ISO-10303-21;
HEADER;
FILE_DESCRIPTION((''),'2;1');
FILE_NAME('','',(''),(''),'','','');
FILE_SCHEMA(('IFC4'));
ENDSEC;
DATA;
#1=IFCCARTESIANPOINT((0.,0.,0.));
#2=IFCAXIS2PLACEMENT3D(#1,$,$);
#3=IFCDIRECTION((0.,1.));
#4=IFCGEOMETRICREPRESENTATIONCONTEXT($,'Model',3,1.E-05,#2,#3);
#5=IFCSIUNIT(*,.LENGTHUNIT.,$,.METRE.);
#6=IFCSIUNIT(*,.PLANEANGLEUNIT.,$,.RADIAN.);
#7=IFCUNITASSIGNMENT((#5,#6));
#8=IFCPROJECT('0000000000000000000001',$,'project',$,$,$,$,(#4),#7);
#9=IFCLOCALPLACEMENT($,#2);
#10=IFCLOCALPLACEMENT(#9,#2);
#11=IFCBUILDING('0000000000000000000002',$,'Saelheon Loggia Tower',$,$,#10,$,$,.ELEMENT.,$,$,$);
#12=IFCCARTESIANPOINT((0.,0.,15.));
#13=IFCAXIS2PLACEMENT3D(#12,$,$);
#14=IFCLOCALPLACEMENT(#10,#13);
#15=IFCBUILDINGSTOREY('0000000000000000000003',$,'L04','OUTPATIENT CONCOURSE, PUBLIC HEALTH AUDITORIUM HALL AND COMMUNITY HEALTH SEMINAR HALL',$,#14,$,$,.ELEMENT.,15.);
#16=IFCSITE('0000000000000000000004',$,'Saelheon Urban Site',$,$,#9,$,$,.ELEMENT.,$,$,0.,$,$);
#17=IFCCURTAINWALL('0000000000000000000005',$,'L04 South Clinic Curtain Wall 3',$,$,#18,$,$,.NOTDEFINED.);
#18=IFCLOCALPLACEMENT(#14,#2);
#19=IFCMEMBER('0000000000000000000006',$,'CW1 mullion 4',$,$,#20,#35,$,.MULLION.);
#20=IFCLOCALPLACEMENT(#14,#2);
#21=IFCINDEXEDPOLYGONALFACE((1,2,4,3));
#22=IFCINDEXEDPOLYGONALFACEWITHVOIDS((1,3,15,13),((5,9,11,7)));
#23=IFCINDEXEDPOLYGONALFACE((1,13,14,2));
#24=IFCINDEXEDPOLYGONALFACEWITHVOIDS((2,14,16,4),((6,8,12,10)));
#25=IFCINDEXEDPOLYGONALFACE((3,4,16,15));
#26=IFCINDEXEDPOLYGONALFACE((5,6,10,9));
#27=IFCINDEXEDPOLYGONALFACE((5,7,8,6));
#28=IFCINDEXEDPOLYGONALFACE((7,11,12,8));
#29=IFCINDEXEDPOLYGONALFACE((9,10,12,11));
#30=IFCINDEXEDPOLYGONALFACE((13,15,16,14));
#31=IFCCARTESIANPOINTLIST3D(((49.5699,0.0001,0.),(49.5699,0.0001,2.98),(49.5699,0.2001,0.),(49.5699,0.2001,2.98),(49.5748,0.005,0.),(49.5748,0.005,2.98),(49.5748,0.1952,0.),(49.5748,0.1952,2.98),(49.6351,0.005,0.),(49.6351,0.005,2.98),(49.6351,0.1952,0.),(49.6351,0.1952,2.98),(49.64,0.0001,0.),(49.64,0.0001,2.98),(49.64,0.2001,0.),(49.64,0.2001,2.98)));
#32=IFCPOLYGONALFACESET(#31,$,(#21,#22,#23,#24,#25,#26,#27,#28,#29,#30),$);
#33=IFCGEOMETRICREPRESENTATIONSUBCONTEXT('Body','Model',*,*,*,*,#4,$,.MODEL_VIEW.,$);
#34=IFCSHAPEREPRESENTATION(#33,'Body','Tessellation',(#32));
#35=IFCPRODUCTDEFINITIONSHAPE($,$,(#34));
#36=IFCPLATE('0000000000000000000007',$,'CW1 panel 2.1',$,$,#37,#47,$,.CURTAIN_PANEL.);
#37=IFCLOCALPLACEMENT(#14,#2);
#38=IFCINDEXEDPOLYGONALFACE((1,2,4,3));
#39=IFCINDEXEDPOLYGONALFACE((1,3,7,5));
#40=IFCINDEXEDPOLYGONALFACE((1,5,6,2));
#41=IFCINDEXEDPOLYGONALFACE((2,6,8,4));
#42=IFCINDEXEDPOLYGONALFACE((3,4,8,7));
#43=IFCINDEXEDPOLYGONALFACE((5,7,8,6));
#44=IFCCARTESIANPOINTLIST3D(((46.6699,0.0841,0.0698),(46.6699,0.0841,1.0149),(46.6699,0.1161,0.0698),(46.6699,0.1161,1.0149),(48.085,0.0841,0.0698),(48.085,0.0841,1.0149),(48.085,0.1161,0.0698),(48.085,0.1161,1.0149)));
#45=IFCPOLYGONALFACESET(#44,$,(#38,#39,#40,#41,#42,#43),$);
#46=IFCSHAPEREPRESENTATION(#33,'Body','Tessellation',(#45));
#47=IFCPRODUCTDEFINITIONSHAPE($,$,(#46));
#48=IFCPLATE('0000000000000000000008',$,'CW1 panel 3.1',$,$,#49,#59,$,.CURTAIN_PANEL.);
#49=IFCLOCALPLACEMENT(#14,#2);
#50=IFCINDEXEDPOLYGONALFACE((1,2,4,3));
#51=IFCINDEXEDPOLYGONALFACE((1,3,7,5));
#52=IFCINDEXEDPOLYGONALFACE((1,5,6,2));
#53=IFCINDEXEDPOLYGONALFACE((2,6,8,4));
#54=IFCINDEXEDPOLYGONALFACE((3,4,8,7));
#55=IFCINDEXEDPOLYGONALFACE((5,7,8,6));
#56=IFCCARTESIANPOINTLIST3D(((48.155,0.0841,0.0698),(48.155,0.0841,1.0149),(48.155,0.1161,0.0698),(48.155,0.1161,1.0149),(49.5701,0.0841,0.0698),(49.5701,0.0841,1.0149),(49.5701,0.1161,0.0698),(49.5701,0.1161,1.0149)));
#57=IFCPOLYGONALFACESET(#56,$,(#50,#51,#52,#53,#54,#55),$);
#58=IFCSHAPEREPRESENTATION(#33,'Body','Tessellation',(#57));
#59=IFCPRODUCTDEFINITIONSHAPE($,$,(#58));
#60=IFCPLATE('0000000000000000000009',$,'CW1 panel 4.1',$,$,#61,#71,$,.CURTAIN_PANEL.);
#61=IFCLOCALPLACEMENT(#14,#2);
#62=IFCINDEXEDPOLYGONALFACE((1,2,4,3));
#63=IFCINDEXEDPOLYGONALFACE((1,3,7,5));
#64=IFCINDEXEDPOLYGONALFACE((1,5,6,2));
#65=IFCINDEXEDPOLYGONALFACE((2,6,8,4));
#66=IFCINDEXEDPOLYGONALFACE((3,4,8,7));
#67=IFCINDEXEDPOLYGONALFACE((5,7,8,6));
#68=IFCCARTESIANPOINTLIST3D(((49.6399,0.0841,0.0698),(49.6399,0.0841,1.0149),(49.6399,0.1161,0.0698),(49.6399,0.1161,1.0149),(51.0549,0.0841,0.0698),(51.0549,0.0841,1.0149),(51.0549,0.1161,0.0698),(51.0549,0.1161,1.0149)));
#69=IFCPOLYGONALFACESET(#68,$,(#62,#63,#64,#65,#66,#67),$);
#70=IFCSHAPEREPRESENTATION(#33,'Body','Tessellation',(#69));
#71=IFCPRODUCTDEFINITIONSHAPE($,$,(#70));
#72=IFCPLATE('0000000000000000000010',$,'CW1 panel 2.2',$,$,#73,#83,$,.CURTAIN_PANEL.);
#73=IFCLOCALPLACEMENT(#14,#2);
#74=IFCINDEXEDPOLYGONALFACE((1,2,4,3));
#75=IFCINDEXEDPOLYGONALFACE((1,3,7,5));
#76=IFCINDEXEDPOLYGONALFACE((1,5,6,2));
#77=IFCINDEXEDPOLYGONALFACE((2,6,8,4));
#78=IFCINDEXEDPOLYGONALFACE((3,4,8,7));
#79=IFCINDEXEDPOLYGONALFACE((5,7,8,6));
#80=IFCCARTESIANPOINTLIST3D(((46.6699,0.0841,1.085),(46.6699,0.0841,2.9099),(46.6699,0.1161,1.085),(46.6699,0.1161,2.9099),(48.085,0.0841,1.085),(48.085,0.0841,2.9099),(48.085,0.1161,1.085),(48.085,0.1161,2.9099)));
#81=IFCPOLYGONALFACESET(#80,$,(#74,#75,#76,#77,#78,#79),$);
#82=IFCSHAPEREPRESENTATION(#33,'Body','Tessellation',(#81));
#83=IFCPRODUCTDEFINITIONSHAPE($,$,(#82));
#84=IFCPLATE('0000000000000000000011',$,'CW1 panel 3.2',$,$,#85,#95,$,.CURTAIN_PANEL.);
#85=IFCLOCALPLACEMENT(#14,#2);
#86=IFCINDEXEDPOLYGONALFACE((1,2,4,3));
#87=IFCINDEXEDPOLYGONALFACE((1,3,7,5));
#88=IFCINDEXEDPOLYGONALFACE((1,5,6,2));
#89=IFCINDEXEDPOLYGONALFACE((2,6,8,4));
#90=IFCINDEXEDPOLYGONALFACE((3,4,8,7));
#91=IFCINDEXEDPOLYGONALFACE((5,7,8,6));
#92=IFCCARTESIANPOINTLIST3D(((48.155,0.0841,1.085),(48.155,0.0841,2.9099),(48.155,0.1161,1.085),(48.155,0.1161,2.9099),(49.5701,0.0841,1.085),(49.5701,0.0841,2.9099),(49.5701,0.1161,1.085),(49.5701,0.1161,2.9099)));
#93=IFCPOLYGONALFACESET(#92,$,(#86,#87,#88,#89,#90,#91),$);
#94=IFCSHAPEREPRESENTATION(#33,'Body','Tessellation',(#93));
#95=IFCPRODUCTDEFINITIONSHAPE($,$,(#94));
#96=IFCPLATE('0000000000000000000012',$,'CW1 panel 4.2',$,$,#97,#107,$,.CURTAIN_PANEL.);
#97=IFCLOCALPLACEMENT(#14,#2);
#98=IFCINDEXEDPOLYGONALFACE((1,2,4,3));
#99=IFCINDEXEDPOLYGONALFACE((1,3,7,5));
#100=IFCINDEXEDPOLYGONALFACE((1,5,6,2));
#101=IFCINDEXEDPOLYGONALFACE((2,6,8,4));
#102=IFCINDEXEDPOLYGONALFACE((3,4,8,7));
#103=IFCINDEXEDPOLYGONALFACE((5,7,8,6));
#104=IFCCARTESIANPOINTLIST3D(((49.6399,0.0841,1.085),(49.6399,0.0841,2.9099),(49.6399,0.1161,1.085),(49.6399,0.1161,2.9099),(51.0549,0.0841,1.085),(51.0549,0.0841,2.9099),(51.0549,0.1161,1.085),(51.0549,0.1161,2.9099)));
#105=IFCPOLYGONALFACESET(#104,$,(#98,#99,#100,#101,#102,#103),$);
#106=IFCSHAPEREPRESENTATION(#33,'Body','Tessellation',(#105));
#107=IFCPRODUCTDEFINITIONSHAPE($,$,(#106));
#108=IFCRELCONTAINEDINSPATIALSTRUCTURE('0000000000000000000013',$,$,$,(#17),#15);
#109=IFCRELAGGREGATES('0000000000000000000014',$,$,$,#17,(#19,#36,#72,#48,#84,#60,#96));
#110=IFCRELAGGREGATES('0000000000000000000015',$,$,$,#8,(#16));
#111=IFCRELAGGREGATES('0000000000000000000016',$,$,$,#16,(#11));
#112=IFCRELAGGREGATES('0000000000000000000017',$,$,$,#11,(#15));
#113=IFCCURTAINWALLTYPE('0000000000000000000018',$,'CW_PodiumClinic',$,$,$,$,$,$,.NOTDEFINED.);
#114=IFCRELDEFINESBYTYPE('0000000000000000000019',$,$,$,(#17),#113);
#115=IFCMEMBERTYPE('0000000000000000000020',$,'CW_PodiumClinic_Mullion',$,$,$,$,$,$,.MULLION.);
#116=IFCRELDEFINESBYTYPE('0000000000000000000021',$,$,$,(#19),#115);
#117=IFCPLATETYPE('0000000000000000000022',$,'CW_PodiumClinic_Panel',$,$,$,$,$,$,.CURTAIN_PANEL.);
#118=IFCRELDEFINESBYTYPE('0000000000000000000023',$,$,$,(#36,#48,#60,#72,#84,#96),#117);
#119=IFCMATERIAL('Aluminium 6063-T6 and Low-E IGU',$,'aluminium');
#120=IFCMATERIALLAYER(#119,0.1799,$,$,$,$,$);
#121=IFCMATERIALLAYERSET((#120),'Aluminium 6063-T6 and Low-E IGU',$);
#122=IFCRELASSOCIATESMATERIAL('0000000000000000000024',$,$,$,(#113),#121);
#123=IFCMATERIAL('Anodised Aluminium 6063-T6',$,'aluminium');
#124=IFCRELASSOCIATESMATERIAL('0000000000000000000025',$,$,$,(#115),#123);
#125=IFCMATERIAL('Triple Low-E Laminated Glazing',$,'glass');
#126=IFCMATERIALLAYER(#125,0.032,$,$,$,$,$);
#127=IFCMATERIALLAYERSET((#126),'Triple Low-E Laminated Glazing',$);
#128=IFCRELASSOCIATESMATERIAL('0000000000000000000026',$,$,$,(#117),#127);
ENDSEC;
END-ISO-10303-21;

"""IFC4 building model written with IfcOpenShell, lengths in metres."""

from ifc_helpers import new_model, si_unit, direction, frame, origin, origin_2d, place, context, subcontext, project, spatial, rectangle, hollow_rectangle, extrude, source, transform, mapped, material, layer, layer_set, material_profile, profile_set, type_object, element, aggregate, save


model = new_model("IFC4")

# Units and contexts
model_context = context("Model", 3, precision=1e-05, world=origin(), true_north=direction((0.0, 1.0)))
body_context = subcontext(model_context, "Body", "Model", "MODEL_VIEW")
ifc_project = project(units=[si_unit("LENGTHUNIT", "METRE"), si_unit("PLANEANGLEUNIT", "RADIAN")], contexts=[model_context])

# Site, building, storey
site_placement = place(None, origin())
site = spatial("IfcSite", under=ifc_project, at=site_placement, Name="Saelheon Urban Site", CompositionType="ELEMENT", RefElevation=0.0)
building_placement = place(site_placement, origin())
building = spatial("IfcBuilding", under=site, at=building_placement, Name="Saelheon Loggia Tower", CompositionType="ELEMENT")
storey_placement = place(building_placement, frame((0.0, 0.0, 15.0)))
storey = spatial("IfcBuildingStorey", under=building, at=storey_placement, Name="L04", Description="OUTPATIENT CONCOURSE, PUBLIC HEALTH AUDITORIUM HALL AND COMMUNITY HEALTH SEMINAR HALL", CompositionType="ELEMENT", Elevation=15.0)

# Curtain wall, member, plates
ifc_material_1 = material(Name="Aluminium 6063-T6 and Low-E IGU", Category="aluminium")
ifc_layer_1 = layer(ifc_material_1, 0.1799)
ifc_layer_set_1 = layer_set([ifc_layer_1], Name="Aluminium 6063-T6 and Low-E IGU")
curtain_wall_type = type_object("IfcCurtainWallType", Name="CW_PodiumClinic", PredefinedType="NOTDEFINED", material=ifc_layer_set_1)
curtain_wall_placement = place(storey_placement, origin())
curtain_wall = element("IfcCurtainWall", 1, at=curtain_wall_placement, inside=storey, type_object=curtain_wall_type, Name="L04 South Clinic Curtain Wall 3", PredefinedType="NOTDEFINED")
ifc_material_2 = material(Name="Anodised Aluminium 6063-T6", Category="aluminium")
ifc_material_profile_1 = material_profile(ifc_material_2, hollow_rectangle(XDim=0.0701, YDim=0.2, WallThickness=0.0049, at=origin_2d()), Name="RHS-200x70x5")
ifc_profile_set_1 = profile_set([ifc_material_profile_1], Name="Anodised Aluminium 6063-T6")
member_type_1 = type_object("IfcMemberType", Name="CW_PodiumClinic_Mullion", PredefinedType="MULLION", material=ifc_profile_set_1)
shared_shape_1 = source(origin(), body_context, "Body", "SweptSolid", [
    extrude(hollow_rectangle(XDim=0.0701, YDim=0.2, WallThickness=0.0049, at=origin_2d()), origin(), (0.0, 0.0, 1.0), 2.98),
])
member_1_placement = place(storey_placement, frame((49.605, 0.1001, 0.0), z_axis=(0.0, 0.0, 1.0), x_axis=(1.0, 0.0, 0.0)))
member_1 = element("IfcMember", 2, at=member_1_placement, type_object=member_type_1, Name="CW1 mullion 4", PredefinedType="MULLION", context=body_context, shape_type="MappedRepresentation", body=[
    mapped(shared_shape_1, transform((0.0, 0.0, 0.0), scale=1.0)),
])
ifc_material_3 = material(Name="Triple Low-E Laminated Glazing", Category="glass")
ifc_layer_2 = layer(ifc_material_3, 0.032)
ifc_layer_set_2 = layer_set([ifc_layer_2], Name="Triple Low-E Laminated Glazing")
plate_type = type_object("IfcPlateType", Name="CW_PodiumClinic_Panel", PredefinedType="CURTAIN_PANEL", material=ifc_layer_set_2)
shared_shape_2 = source(origin(), body_context, "Body", "SweptSolid", [
    extrude(rectangle(XDim=1.415, YDim=0.032, at=origin_2d()), origin(), (0.0, 0.0, 1.0), 0.9451),
])
plate_1_placement = place(storey_placement, frame((47.3774, 0.1001, 0.0698), z_axis=(0.0, 0.0, 1.0), x_axis=(1.0, 0.0, 0.0)))
plate_1 = element("IfcPlate", 3, at=plate_1_placement, type_object=plate_type, Name="CW1 panel 2.1", PredefinedType="CURTAIN_PANEL", context=body_context, shape_type="MappedRepresentation", body=[
    mapped(shared_shape_2, transform((0.0, 0.0, 0.0), scale=1.0)),
])
plate_2_placement = place(storey_placement, frame((48.8625, 0.1001, 0.0698), z_axis=(0.0, 0.0, 1.0), x_axis=(1.0, 0.0, 0.0)))
plate_2 = element("IfcPlate", 4, at=plate_2_placement, type_object=plate_type, Name="CW1 panel 3.1", PredefinedType="CURTAIN_PANEL", context=body_context, shape_type="MappedRepresentation", body=[
    mapped(shared_shape_2, transform((0.0, 0.0, 0.0), scale=1.0)),
])
plate_3_placement = place(storey_placement, frame((50.3474, 0.1001, 0.0698), z_axis=(0.0, 0.0, 1.0), x_axis=(1.0, 0.0, 0.0)))
plate_3 = element("IfcPlate", 5, at=plate_3_placement, type_object=plate_type, Name="CW1 panel 4.1", PredefinedType="CURTAIN_PANEL", context=body_context, shape_type="MappedRepresentation", body=[
    mapped(shared_shape_2, transform((0.0, 0.0, 0.0), scale=1.0)),
])
shared_shape_3 = source(origin(), body_context, "Body", "SweptSolid", [
    extrude(rectangle(XDim=1.415, YDim=0.032, at=origin_2d()), origin(), (0.0, 0.0, 1.0), 1.825),
])
plate_4_placement = place(storey_placement, frame((47.3774, 0.1001, 1.085), z_axis=(0.0, 0.0, 1.0), x_axis=(1.0, 0.0, 0.0)))
plate_4 = element("IfcPlate", 6, at=plate_4_placement, type_object=plate_type, Name="CW1 panel 2.2", PredefinedType="CURTAIN_PANEL", context=body_context, shape_type="MappedRepresentation", body=[
    mapped(shared_shape_3, transform((0.0, 0.0, 0.0), scale=1.0)),
])
plate_5_placement = place(storey_placement, frame((48.8625, 0.1001, 1.085), z_axis=(0.0, 0.0, 1.0), x_axis=(1.0, 0.0, 0.0)))
plate_5 = element("IfcPlate", 7, at=plate_5_placement, type_object=plate_type, Name="CW1 panel 3.2", PredefinedType="CURTAIN_PANEL", context=body_context, shape_type="MappedRepresentation", body=[
    mapped(shared_shape_3, transform((0.0, 0.0, 0.0), scale=1.0)),
])
plate_6_placement = place(storey_placement, frame((50.3474, 0.1001, 1.085), z_axis=(0.0, 0.0, 1.0), x_axis=(1.0, 0.0, 0.0)))
plate_6 = element("IfcPlate", 8, at=plate_6_placement, type_object=plate_type, Name="CW1 panel 4.2", PredefinedType="CURTAIN_PANEL", context=body_context, shape_type="MappedRepresentation", body=[
    mapped(shared_shape_3, transform((0.0, 0.0, 0.0), scale=1.0)),
])
aggregate(curtain_wall, [member_1, plate_1, plate_4, plate_2, plate_5, plate_3, plate_6])

save(model, "model.ifc")
